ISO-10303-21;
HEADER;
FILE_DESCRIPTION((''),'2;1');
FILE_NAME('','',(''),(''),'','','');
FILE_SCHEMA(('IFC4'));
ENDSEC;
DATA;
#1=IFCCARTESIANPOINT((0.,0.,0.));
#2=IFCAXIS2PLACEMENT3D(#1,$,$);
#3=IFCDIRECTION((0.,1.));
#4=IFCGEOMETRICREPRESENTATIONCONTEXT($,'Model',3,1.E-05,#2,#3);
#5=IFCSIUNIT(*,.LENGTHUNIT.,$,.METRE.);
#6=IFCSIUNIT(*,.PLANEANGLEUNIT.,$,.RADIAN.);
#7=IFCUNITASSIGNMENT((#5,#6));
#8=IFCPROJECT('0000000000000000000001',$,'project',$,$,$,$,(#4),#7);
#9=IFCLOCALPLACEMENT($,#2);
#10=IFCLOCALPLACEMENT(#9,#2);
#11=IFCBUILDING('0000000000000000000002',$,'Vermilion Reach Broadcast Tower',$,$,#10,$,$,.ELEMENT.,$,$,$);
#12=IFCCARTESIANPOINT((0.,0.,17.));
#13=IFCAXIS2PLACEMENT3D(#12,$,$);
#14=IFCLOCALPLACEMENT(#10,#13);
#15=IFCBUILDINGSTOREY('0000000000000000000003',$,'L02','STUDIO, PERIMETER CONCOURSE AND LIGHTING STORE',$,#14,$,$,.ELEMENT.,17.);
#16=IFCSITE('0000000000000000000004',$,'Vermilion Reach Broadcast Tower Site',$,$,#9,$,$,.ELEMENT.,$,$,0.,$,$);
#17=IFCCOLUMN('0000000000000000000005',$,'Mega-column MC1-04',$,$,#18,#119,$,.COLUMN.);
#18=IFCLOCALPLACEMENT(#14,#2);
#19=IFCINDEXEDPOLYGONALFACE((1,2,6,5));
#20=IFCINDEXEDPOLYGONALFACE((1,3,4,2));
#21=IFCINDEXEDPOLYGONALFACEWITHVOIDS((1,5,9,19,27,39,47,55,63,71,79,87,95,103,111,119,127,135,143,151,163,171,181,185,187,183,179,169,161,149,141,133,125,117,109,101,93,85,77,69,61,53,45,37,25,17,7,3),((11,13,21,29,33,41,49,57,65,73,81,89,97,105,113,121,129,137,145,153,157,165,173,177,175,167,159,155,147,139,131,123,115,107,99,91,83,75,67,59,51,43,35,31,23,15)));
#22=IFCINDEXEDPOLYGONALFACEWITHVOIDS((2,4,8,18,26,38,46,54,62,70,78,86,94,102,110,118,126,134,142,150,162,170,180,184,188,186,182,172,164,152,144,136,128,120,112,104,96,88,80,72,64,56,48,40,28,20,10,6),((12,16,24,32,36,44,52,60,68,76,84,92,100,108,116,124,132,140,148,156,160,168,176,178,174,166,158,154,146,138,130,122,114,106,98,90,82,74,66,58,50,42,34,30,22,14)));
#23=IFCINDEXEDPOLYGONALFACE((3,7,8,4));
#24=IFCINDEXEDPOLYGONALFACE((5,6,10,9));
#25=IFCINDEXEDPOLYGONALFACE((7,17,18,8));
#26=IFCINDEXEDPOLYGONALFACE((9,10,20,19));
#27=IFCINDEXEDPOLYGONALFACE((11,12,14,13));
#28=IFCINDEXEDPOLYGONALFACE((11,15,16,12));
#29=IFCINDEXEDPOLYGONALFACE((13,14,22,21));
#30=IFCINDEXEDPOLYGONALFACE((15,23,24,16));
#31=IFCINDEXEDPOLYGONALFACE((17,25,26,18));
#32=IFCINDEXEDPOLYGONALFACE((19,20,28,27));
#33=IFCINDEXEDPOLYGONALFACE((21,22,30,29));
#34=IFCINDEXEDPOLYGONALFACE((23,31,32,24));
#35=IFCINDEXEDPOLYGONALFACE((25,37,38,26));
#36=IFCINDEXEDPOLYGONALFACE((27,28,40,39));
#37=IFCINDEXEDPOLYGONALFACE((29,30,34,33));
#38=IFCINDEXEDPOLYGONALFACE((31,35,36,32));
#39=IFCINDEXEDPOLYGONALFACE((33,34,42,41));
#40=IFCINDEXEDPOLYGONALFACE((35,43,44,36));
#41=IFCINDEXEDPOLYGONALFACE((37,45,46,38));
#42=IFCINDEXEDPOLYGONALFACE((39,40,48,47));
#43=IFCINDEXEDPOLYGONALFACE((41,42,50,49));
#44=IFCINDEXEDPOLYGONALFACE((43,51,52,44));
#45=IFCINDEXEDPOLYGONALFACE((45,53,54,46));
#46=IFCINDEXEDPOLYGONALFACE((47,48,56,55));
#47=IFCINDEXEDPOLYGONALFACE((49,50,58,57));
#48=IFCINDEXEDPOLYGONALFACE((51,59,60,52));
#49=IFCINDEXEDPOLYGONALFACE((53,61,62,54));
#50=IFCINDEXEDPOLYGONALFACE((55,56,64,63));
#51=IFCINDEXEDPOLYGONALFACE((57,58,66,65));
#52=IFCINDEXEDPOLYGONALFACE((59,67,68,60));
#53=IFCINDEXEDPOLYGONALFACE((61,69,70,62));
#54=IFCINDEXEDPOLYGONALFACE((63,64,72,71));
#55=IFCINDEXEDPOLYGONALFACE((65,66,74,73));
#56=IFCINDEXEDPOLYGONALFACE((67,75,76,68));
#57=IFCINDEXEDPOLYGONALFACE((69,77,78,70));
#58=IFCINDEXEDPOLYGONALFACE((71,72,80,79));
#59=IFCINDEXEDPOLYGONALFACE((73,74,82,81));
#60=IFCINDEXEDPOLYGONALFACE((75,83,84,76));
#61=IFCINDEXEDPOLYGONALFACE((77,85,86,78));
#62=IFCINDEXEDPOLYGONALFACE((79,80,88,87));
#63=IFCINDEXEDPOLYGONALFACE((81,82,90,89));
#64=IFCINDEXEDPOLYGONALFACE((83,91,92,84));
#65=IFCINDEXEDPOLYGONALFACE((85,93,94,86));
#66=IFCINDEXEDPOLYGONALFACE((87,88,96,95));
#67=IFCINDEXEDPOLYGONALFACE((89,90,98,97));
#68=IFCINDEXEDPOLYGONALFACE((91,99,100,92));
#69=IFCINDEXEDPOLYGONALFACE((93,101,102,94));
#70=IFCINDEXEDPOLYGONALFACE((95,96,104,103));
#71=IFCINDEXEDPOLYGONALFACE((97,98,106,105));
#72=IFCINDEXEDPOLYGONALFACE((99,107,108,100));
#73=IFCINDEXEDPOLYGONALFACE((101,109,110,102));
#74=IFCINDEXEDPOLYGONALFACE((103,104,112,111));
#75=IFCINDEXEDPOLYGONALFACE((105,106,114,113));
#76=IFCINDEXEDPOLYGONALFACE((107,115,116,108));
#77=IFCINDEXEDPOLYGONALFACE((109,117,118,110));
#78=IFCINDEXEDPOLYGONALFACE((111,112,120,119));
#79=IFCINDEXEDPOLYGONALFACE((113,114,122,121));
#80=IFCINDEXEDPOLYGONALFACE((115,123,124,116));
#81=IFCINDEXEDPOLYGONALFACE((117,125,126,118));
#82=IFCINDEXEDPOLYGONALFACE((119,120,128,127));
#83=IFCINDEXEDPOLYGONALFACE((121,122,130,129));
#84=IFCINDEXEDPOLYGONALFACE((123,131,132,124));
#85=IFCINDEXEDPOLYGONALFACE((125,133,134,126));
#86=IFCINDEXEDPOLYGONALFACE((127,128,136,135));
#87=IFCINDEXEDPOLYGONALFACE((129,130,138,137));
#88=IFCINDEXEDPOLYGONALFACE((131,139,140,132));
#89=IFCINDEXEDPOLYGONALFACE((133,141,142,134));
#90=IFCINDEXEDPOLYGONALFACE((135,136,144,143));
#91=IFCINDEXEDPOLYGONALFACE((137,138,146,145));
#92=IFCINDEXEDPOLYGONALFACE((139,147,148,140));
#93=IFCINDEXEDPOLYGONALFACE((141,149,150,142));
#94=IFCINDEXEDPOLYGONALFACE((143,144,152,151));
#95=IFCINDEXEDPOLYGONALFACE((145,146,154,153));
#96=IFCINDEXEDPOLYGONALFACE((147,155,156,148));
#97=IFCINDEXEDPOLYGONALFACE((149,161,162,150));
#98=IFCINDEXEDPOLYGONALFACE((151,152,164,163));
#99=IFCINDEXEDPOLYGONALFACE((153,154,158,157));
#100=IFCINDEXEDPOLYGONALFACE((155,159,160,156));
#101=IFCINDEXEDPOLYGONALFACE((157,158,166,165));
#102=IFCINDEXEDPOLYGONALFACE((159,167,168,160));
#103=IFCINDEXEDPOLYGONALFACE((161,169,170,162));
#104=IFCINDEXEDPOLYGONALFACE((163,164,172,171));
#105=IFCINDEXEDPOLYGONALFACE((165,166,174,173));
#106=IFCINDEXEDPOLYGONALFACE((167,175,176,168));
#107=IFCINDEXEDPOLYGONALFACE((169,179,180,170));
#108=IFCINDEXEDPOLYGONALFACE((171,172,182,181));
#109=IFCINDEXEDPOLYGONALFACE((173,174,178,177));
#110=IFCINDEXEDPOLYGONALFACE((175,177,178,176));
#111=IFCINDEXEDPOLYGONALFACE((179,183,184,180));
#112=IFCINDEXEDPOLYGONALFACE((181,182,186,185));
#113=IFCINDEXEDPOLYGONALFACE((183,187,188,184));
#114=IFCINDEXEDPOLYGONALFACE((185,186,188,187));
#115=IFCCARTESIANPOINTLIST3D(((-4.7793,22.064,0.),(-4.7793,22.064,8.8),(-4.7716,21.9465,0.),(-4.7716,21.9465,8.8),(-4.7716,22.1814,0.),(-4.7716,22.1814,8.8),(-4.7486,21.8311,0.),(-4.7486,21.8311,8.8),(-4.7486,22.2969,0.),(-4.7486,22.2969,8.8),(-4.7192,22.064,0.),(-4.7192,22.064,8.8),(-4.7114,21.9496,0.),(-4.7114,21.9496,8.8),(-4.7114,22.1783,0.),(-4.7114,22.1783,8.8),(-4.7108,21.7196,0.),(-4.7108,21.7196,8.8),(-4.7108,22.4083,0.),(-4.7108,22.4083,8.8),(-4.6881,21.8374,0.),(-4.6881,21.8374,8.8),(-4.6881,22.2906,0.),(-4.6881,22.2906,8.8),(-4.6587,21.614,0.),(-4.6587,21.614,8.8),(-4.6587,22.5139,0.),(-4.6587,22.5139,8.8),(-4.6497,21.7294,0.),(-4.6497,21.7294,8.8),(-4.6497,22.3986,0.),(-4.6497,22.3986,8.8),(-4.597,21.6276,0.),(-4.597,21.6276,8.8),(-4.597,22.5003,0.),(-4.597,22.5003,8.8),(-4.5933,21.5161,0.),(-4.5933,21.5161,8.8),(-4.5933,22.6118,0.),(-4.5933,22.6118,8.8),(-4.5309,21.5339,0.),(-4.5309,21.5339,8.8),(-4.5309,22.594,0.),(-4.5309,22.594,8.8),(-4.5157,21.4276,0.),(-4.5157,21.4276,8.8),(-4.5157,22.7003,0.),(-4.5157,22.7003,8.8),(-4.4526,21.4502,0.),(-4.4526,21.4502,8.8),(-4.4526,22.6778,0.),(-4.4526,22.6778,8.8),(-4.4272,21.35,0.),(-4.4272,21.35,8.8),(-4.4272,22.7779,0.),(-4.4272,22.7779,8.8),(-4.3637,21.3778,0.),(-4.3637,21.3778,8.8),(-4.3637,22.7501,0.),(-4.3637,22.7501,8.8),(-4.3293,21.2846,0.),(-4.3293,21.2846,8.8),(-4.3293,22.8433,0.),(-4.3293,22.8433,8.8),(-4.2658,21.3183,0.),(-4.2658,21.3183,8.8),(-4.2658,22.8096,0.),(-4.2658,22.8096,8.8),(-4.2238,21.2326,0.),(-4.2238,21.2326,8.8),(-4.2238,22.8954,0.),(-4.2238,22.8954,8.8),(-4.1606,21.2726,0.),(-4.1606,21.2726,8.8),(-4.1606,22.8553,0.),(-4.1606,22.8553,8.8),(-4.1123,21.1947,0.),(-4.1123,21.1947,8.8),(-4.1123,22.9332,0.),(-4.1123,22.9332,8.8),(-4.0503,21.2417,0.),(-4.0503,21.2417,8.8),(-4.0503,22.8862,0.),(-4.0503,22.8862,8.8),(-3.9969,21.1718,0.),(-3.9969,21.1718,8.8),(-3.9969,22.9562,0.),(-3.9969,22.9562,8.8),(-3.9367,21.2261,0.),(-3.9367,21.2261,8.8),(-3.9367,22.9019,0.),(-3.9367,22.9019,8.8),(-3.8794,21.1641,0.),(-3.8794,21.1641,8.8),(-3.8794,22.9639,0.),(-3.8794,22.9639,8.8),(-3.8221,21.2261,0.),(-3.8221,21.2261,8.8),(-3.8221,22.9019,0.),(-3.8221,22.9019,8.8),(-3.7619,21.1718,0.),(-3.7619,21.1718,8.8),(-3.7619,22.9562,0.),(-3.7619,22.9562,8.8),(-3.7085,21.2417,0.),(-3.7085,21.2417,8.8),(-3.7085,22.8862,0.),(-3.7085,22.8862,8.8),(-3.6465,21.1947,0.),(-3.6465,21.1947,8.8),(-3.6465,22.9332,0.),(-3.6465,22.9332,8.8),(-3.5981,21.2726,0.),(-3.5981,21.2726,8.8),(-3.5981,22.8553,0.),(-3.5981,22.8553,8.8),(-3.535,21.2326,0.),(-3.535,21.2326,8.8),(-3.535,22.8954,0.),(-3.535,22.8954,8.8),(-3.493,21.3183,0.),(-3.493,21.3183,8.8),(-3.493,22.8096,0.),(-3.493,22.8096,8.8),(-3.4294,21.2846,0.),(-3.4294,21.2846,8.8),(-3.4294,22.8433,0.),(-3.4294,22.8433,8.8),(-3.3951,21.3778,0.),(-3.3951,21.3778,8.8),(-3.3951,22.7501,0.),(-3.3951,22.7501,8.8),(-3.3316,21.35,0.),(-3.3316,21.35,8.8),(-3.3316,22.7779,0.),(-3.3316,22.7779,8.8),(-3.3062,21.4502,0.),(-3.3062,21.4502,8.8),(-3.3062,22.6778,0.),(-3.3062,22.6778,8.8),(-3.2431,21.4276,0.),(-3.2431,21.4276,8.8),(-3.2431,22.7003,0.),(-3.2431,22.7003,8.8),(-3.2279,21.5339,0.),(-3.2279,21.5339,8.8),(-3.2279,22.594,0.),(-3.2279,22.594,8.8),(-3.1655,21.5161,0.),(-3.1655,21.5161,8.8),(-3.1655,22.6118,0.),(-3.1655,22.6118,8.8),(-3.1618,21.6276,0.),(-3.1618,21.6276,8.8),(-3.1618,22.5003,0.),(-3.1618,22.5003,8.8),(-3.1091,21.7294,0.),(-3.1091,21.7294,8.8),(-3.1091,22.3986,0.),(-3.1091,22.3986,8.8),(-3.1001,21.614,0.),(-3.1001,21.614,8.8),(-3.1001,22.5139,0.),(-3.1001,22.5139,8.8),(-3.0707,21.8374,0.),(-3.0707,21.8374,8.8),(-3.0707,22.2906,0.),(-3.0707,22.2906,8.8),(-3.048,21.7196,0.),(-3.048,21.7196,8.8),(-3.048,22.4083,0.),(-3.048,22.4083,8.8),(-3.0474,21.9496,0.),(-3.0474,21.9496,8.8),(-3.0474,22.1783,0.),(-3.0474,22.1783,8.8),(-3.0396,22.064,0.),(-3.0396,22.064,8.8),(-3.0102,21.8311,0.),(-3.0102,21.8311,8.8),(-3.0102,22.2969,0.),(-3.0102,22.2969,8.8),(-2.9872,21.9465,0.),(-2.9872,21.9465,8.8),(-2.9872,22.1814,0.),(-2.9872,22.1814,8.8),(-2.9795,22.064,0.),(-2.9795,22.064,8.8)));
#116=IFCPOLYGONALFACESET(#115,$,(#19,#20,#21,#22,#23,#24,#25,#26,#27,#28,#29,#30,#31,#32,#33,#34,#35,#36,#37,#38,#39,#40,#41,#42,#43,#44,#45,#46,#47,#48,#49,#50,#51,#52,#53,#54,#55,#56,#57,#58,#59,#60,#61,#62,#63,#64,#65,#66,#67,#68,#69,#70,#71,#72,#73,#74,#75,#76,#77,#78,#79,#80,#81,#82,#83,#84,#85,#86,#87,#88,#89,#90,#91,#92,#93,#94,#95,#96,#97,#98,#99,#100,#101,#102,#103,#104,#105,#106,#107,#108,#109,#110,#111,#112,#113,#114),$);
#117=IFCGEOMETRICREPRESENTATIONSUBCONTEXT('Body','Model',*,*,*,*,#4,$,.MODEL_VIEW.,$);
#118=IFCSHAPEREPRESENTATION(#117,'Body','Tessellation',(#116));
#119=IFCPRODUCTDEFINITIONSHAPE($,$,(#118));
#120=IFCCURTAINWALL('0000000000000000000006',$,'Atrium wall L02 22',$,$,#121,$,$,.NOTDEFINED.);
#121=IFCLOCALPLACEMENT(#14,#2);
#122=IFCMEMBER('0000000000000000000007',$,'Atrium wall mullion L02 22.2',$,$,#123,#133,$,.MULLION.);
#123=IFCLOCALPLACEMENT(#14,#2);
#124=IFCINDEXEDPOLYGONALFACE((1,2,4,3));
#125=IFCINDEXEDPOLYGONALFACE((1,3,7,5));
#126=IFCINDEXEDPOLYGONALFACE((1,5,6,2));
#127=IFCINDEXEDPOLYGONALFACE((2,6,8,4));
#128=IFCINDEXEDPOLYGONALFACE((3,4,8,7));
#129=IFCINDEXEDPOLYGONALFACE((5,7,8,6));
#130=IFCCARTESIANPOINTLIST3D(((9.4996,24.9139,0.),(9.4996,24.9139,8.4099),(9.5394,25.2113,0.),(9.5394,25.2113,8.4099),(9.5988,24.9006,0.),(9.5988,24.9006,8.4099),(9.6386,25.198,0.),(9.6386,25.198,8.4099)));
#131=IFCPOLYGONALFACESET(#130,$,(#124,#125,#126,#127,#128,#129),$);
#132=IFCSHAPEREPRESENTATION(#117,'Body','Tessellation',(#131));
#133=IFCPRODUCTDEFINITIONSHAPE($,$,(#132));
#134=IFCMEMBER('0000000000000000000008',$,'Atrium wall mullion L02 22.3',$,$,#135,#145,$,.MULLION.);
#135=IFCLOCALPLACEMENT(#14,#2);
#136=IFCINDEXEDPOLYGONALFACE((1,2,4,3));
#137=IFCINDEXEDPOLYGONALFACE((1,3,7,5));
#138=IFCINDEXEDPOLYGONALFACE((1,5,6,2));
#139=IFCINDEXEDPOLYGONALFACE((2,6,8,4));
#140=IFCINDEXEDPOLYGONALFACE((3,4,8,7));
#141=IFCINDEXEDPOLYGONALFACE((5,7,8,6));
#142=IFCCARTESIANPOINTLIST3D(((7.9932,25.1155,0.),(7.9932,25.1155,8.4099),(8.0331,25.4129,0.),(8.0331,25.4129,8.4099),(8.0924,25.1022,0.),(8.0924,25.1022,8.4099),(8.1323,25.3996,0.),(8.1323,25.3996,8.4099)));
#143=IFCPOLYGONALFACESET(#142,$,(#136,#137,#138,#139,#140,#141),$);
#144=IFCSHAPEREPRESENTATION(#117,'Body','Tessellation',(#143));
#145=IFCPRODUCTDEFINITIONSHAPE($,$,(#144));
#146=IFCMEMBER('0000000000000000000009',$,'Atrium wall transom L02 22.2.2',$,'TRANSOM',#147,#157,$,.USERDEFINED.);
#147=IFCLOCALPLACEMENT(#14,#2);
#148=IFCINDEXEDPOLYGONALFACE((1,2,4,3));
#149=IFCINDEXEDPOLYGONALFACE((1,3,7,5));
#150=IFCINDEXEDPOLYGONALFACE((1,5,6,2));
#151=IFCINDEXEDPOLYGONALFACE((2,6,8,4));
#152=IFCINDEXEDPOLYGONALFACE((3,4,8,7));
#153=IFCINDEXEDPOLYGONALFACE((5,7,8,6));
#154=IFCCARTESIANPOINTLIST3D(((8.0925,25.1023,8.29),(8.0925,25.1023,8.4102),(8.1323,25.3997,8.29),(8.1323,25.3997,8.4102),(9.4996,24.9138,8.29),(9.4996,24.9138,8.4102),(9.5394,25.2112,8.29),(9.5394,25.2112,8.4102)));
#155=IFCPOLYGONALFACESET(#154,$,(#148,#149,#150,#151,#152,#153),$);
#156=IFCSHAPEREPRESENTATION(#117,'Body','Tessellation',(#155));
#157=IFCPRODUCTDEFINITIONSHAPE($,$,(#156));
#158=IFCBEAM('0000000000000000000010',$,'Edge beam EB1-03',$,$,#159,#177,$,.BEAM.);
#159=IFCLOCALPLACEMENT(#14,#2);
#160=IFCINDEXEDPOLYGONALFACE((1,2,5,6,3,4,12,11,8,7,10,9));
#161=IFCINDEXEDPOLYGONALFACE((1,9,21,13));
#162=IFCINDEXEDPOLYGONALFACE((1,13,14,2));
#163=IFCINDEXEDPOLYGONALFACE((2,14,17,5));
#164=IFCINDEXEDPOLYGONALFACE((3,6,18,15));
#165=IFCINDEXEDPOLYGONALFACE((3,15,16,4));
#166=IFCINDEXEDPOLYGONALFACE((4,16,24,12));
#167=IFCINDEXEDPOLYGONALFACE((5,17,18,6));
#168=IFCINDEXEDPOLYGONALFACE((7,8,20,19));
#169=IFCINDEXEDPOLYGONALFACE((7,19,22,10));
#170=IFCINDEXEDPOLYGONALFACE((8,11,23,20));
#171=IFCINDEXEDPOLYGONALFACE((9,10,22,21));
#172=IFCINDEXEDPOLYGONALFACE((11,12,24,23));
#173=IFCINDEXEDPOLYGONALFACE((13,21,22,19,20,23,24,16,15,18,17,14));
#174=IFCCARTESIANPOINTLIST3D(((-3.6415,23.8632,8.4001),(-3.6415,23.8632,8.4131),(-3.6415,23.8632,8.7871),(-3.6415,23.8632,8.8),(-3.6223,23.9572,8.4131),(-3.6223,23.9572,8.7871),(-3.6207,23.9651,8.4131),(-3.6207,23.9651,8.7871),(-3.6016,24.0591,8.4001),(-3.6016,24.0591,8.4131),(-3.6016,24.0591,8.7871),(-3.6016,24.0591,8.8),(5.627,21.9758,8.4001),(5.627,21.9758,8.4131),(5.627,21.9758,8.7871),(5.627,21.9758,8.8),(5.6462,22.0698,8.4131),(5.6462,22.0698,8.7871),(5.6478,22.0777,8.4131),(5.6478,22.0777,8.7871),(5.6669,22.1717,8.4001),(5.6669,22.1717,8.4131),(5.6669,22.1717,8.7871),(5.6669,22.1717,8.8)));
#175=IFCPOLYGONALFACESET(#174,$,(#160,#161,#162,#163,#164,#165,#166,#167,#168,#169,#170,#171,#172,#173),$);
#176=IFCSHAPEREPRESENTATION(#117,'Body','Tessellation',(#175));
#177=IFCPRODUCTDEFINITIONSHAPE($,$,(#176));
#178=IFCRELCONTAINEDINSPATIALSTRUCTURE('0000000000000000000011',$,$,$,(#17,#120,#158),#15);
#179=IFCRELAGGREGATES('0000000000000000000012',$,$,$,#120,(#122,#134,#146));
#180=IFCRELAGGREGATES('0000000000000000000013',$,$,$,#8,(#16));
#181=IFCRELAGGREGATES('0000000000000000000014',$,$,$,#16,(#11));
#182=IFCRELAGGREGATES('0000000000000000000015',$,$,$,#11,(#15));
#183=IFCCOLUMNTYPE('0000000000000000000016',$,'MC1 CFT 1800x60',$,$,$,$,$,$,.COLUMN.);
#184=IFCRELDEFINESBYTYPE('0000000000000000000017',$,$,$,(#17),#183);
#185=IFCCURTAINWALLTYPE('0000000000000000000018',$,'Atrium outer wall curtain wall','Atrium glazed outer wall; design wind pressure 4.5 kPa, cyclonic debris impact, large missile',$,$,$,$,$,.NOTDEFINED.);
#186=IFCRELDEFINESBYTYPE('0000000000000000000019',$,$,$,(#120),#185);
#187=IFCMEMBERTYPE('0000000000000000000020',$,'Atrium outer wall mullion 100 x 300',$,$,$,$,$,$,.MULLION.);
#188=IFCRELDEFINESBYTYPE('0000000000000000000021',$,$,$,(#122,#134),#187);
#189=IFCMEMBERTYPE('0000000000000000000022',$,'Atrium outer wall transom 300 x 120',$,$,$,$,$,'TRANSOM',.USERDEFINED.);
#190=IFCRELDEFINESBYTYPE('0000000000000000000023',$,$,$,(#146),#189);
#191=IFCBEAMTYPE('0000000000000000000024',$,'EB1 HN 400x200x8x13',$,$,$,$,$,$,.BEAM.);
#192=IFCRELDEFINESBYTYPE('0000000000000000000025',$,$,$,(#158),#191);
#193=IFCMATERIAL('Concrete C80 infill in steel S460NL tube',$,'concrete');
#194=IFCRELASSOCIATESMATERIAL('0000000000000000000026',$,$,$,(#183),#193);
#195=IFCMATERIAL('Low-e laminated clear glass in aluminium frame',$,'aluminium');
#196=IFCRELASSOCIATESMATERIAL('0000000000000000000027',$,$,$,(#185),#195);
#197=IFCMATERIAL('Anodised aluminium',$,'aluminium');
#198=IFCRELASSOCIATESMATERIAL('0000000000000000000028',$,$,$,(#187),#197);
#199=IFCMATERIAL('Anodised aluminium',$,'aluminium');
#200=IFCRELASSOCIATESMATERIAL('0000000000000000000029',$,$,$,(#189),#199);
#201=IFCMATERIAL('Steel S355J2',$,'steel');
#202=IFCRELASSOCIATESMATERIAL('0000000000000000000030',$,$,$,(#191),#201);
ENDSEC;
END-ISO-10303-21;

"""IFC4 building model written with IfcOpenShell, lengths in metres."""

from ifc_helpers import new_model, si_unit, direction, frame, origin, origin_2d, place, context, subcontext, project, spatial, rectangle, hollow_circle, i_section, extrude, material, material_profile, profile_set, type_object, element, aggregate, save


model = new_model("IFC4")

# Units and contexts
model_context = context("Model", 3, precision=1e-05, world=origin(), true_north=direction((0.0, 1.0)))
body_context = subcontext(model_context, "Body", "Model", "MODEL_VIEW")
ifc_project = project(units=[si_unit("LENGTHUNIT", "METRE"), si_unit("PLANEANGLEUNIT", "RADIAN")], contexts=[model_context])

# Site, building, storey
site_placement = place(None, origin())
site = spatial("IfcSite", under=ifc_project, at=site_placement, Name="Vermilion Reach Broadcast Tower Site", CompositionType="ELEMENT", RefElevation=0.0)
building_placement = place(site_placement, origin())
building = spatial("IfcBuilding", under=site, at=building_placement, Name="Vermilion Reach Broadcast Tower", CompositionType="ELEMENT")
storey_placement = place(building_placement, frame((0.0, 0.0, 17.0)))
storey = spatial("IfcBuildingStorey", under=building, at=storey_placement, Name="L02", Description="STUDIO, PERIMETER CONCOURSE AND LIGHTING STORE", CompositionType="ELEMENT", Elevation=17.0)

# Column
ifc_material_1 = material(Name="Concrete C80 infill in steel S460NL tube", Category="concrete")
ifc_material_profile_1 = material_profile(ifc_material_1, hollow_circle(Radius=0.8999, WallThickness=0.0601, at=origin_2d()), Name="Concrete C80 infill in steel S460NL tube CFT 1800x60")
ifc_profile_set_1 = profile_set([ifc_material_profile_1], Name="Concrete C80 infill in steel S460NL tube")
column_type = type_object("IfcColumnType", Name="MC1 CFT 1800x60", PredefinedType="COLUMN", material=ifc_profile_set_1)
for number, where, z_axis, x_axis, name in (
    (1, (-3.8794, 22.064, 0.0), (0.0, 0.0, 1.0), (1.0, 0.0, 0.0), "Mega-column MC1-04"),
):
    element("IfcColumn", number, at=place(storey_placement, frame(where, z_axis=z_axis, x_axis=x_axis)), inside=storey, type_object=column_type, Name=name, PredefinedType="COLUMN", context=body_context, shape_type="SweptSolid", body=[
        extrude(hollow_circle(Radius=0.8999, WallThickness=0.0601, at=origin_2d()), origin(), (0.0, 0.0, 1.0), 8.8),
    ])

# Curtain wall, members
ifc_material_2 = material(Name="Low-e laminated clear glass in aluminium frame", Category="aluminium")
curtain_wall_type = type_object("IfcCurtainWallType", Name="Atrium outer wall curtain wall", Description="Atrium glazed outer wall; design wind pressure 4.5 kPa, cyclonic debris impact, large missile", PredefinedType="NOTDEFINED", material=ifc_material_2)
curtain_wall_placement = place(storey_placement, origin())
curtain_wall = element("IfcCurtainWall", 2, at=curtain_wall_placement, inside=storey, type_object=curtain_wall_type, Name="Atrium wall L02 22", PredefinedType="NOTDEFINED")
ifc_material_3 = material(Name="Anodised aluminium", Category="aluminium")
ifc_material_profile_2 = material_profile(ifc_material_3, rectangle(XDim=0.3, YDim=0.1001, at=origin_2d()), Name="Atrium outer wall mullion 100 x 300")
ifc_profile_set_2 = profile_set([ifc_material_profile_2], Name="Anodised aluminium")
member_type_1 = type_object("IfcMemberType", Name="Atrium outer wall mullion 100 x 300", PredefinedType="MULLION", material=ifc_profile_set_2)
member_1_placement = place(storey_placement, frame((9.5691, 25.0559, 0.0), z_axis=(0.0, 0.0, 1.0), x_axis=(-0.132794, -0.991144, 0.0)))
member_1 = element("IfcMember", 3, at=member_1_placement, type_object=member_type_1, Name="Atrium wall mullion L02 22.2", PredefinedType="MULLION", context=body_context, shape_type="SweptSolid", body=[
    extrude(rectangle(XDim=0.3, YDim=0.1001, at=origin_2d()), origin(), (0.0, 0.0, 1.0), 8.4099),
])
member_2_placement = place(storey_placement, frame((8.0627, 25.2576, 0.0), z_axis=(0.0, 0.0, 1.0), x_axis=(-0.132794, -0.991144, 0.0)))
member_2 = element("IfcMember", 4, at=member_2_placement, type_object=member_type_1, Name="Atrium wall mullion L02 22.3", PredefinedType="MULLION", context=body_context, shape_type="SweptSolid", body=[
    extrude(rectangle(XDim=0.3, YDim=0.1001, at=origin_2d()), origin(), (0.0, 0.0, 1.0), 8.4099),
])
ifc_material_4 = material(Name="Anodised aluminium", Category="aluminium")
ifc_material_profile_3 = material_profile(ifc_material_4, rectangle(XDim=0.3, YDim=0.1201, at=origin_2d()), Name="Atrium outer wall transom 300 x 120")
ifc_profile_set_3 = profile_set([ifc_material_profile_3], Name="Anodised aluminium")
member_type_2 = type_object("IfcMemberType", Name="Atrium outer wall transom 300 x 120", ElementType="TRANSOM", PredefinedType="USERDEFINED", material=ifc_profile_set_3)
member_3_placement = place(storey_placement, frame((9.5195, 25.0625, 8.3501), z_axis=(-0.99115, 0.132749, 0.0), x_axis=(-0.132749, -0.99115, 0.0)))
member_3 = element("IfcMember", 5, at=member_3_placement, type_object=member_type_2, Name="Atrium wall transom L02 22.2.2", ObjectType="TRANSOM", PredefinedType="USERDEFINED", context=body_context, shape_type="SweptSolid", body=[
    extrude(rectangle(XDim=0.3, YDim=0.1201, at=origin_2d()), origin(), (0.0, 0.0, 1.0), 1.4197),
])

# Beam
ifc_material_5 = material(Name="Steel S355J2", Category="steel")
ifc_material_profile_4 = material_profile(ifc_material_5, i_section(OverallWidth=0.2, OverallDepth=0.3999, WebThickness=0.0081, FlangeThickness=0.0129, at=origin_2d()), Name="S355J2 HN 400x200x8x13")
ifc_profile_set_4 = profile_set([ifc_material_profile_4], Name="Steel S355J2")
beam_type_1 = type_object("IfcBeamType", Name="EB1 HN 400x200x8x13", PredefinedType="BEAM", material=ifc_profile_set_4)
beam_1_placement = place(storey_placement, frame((5.647, 22.0737, 8.6001), z_axis=(-0.979889, 0.199545, 0.0), x_axis=(-0.199545, -0.979889, 0.0)))
element("IfcBeam", 6, at=beam_1_placement, inside=storey, type_object=beam_type_1, Name="Edge beam EB1-03", PredefinedType="BEAM", context=body_context, shape_type="SweptSolid", body=[
    extrude(i_section(OverallWidth=0.2, OverallDepth=0.3999, WebThickness=0.0081, FlangeThickness=0.0129, at=origin_2d()), origin(), (0.0, 0.0, 1.0), 9.4587),
])

aggregate(curtain_wall, [member_1, member_2, member_3])

save(model, "model.ifc")
